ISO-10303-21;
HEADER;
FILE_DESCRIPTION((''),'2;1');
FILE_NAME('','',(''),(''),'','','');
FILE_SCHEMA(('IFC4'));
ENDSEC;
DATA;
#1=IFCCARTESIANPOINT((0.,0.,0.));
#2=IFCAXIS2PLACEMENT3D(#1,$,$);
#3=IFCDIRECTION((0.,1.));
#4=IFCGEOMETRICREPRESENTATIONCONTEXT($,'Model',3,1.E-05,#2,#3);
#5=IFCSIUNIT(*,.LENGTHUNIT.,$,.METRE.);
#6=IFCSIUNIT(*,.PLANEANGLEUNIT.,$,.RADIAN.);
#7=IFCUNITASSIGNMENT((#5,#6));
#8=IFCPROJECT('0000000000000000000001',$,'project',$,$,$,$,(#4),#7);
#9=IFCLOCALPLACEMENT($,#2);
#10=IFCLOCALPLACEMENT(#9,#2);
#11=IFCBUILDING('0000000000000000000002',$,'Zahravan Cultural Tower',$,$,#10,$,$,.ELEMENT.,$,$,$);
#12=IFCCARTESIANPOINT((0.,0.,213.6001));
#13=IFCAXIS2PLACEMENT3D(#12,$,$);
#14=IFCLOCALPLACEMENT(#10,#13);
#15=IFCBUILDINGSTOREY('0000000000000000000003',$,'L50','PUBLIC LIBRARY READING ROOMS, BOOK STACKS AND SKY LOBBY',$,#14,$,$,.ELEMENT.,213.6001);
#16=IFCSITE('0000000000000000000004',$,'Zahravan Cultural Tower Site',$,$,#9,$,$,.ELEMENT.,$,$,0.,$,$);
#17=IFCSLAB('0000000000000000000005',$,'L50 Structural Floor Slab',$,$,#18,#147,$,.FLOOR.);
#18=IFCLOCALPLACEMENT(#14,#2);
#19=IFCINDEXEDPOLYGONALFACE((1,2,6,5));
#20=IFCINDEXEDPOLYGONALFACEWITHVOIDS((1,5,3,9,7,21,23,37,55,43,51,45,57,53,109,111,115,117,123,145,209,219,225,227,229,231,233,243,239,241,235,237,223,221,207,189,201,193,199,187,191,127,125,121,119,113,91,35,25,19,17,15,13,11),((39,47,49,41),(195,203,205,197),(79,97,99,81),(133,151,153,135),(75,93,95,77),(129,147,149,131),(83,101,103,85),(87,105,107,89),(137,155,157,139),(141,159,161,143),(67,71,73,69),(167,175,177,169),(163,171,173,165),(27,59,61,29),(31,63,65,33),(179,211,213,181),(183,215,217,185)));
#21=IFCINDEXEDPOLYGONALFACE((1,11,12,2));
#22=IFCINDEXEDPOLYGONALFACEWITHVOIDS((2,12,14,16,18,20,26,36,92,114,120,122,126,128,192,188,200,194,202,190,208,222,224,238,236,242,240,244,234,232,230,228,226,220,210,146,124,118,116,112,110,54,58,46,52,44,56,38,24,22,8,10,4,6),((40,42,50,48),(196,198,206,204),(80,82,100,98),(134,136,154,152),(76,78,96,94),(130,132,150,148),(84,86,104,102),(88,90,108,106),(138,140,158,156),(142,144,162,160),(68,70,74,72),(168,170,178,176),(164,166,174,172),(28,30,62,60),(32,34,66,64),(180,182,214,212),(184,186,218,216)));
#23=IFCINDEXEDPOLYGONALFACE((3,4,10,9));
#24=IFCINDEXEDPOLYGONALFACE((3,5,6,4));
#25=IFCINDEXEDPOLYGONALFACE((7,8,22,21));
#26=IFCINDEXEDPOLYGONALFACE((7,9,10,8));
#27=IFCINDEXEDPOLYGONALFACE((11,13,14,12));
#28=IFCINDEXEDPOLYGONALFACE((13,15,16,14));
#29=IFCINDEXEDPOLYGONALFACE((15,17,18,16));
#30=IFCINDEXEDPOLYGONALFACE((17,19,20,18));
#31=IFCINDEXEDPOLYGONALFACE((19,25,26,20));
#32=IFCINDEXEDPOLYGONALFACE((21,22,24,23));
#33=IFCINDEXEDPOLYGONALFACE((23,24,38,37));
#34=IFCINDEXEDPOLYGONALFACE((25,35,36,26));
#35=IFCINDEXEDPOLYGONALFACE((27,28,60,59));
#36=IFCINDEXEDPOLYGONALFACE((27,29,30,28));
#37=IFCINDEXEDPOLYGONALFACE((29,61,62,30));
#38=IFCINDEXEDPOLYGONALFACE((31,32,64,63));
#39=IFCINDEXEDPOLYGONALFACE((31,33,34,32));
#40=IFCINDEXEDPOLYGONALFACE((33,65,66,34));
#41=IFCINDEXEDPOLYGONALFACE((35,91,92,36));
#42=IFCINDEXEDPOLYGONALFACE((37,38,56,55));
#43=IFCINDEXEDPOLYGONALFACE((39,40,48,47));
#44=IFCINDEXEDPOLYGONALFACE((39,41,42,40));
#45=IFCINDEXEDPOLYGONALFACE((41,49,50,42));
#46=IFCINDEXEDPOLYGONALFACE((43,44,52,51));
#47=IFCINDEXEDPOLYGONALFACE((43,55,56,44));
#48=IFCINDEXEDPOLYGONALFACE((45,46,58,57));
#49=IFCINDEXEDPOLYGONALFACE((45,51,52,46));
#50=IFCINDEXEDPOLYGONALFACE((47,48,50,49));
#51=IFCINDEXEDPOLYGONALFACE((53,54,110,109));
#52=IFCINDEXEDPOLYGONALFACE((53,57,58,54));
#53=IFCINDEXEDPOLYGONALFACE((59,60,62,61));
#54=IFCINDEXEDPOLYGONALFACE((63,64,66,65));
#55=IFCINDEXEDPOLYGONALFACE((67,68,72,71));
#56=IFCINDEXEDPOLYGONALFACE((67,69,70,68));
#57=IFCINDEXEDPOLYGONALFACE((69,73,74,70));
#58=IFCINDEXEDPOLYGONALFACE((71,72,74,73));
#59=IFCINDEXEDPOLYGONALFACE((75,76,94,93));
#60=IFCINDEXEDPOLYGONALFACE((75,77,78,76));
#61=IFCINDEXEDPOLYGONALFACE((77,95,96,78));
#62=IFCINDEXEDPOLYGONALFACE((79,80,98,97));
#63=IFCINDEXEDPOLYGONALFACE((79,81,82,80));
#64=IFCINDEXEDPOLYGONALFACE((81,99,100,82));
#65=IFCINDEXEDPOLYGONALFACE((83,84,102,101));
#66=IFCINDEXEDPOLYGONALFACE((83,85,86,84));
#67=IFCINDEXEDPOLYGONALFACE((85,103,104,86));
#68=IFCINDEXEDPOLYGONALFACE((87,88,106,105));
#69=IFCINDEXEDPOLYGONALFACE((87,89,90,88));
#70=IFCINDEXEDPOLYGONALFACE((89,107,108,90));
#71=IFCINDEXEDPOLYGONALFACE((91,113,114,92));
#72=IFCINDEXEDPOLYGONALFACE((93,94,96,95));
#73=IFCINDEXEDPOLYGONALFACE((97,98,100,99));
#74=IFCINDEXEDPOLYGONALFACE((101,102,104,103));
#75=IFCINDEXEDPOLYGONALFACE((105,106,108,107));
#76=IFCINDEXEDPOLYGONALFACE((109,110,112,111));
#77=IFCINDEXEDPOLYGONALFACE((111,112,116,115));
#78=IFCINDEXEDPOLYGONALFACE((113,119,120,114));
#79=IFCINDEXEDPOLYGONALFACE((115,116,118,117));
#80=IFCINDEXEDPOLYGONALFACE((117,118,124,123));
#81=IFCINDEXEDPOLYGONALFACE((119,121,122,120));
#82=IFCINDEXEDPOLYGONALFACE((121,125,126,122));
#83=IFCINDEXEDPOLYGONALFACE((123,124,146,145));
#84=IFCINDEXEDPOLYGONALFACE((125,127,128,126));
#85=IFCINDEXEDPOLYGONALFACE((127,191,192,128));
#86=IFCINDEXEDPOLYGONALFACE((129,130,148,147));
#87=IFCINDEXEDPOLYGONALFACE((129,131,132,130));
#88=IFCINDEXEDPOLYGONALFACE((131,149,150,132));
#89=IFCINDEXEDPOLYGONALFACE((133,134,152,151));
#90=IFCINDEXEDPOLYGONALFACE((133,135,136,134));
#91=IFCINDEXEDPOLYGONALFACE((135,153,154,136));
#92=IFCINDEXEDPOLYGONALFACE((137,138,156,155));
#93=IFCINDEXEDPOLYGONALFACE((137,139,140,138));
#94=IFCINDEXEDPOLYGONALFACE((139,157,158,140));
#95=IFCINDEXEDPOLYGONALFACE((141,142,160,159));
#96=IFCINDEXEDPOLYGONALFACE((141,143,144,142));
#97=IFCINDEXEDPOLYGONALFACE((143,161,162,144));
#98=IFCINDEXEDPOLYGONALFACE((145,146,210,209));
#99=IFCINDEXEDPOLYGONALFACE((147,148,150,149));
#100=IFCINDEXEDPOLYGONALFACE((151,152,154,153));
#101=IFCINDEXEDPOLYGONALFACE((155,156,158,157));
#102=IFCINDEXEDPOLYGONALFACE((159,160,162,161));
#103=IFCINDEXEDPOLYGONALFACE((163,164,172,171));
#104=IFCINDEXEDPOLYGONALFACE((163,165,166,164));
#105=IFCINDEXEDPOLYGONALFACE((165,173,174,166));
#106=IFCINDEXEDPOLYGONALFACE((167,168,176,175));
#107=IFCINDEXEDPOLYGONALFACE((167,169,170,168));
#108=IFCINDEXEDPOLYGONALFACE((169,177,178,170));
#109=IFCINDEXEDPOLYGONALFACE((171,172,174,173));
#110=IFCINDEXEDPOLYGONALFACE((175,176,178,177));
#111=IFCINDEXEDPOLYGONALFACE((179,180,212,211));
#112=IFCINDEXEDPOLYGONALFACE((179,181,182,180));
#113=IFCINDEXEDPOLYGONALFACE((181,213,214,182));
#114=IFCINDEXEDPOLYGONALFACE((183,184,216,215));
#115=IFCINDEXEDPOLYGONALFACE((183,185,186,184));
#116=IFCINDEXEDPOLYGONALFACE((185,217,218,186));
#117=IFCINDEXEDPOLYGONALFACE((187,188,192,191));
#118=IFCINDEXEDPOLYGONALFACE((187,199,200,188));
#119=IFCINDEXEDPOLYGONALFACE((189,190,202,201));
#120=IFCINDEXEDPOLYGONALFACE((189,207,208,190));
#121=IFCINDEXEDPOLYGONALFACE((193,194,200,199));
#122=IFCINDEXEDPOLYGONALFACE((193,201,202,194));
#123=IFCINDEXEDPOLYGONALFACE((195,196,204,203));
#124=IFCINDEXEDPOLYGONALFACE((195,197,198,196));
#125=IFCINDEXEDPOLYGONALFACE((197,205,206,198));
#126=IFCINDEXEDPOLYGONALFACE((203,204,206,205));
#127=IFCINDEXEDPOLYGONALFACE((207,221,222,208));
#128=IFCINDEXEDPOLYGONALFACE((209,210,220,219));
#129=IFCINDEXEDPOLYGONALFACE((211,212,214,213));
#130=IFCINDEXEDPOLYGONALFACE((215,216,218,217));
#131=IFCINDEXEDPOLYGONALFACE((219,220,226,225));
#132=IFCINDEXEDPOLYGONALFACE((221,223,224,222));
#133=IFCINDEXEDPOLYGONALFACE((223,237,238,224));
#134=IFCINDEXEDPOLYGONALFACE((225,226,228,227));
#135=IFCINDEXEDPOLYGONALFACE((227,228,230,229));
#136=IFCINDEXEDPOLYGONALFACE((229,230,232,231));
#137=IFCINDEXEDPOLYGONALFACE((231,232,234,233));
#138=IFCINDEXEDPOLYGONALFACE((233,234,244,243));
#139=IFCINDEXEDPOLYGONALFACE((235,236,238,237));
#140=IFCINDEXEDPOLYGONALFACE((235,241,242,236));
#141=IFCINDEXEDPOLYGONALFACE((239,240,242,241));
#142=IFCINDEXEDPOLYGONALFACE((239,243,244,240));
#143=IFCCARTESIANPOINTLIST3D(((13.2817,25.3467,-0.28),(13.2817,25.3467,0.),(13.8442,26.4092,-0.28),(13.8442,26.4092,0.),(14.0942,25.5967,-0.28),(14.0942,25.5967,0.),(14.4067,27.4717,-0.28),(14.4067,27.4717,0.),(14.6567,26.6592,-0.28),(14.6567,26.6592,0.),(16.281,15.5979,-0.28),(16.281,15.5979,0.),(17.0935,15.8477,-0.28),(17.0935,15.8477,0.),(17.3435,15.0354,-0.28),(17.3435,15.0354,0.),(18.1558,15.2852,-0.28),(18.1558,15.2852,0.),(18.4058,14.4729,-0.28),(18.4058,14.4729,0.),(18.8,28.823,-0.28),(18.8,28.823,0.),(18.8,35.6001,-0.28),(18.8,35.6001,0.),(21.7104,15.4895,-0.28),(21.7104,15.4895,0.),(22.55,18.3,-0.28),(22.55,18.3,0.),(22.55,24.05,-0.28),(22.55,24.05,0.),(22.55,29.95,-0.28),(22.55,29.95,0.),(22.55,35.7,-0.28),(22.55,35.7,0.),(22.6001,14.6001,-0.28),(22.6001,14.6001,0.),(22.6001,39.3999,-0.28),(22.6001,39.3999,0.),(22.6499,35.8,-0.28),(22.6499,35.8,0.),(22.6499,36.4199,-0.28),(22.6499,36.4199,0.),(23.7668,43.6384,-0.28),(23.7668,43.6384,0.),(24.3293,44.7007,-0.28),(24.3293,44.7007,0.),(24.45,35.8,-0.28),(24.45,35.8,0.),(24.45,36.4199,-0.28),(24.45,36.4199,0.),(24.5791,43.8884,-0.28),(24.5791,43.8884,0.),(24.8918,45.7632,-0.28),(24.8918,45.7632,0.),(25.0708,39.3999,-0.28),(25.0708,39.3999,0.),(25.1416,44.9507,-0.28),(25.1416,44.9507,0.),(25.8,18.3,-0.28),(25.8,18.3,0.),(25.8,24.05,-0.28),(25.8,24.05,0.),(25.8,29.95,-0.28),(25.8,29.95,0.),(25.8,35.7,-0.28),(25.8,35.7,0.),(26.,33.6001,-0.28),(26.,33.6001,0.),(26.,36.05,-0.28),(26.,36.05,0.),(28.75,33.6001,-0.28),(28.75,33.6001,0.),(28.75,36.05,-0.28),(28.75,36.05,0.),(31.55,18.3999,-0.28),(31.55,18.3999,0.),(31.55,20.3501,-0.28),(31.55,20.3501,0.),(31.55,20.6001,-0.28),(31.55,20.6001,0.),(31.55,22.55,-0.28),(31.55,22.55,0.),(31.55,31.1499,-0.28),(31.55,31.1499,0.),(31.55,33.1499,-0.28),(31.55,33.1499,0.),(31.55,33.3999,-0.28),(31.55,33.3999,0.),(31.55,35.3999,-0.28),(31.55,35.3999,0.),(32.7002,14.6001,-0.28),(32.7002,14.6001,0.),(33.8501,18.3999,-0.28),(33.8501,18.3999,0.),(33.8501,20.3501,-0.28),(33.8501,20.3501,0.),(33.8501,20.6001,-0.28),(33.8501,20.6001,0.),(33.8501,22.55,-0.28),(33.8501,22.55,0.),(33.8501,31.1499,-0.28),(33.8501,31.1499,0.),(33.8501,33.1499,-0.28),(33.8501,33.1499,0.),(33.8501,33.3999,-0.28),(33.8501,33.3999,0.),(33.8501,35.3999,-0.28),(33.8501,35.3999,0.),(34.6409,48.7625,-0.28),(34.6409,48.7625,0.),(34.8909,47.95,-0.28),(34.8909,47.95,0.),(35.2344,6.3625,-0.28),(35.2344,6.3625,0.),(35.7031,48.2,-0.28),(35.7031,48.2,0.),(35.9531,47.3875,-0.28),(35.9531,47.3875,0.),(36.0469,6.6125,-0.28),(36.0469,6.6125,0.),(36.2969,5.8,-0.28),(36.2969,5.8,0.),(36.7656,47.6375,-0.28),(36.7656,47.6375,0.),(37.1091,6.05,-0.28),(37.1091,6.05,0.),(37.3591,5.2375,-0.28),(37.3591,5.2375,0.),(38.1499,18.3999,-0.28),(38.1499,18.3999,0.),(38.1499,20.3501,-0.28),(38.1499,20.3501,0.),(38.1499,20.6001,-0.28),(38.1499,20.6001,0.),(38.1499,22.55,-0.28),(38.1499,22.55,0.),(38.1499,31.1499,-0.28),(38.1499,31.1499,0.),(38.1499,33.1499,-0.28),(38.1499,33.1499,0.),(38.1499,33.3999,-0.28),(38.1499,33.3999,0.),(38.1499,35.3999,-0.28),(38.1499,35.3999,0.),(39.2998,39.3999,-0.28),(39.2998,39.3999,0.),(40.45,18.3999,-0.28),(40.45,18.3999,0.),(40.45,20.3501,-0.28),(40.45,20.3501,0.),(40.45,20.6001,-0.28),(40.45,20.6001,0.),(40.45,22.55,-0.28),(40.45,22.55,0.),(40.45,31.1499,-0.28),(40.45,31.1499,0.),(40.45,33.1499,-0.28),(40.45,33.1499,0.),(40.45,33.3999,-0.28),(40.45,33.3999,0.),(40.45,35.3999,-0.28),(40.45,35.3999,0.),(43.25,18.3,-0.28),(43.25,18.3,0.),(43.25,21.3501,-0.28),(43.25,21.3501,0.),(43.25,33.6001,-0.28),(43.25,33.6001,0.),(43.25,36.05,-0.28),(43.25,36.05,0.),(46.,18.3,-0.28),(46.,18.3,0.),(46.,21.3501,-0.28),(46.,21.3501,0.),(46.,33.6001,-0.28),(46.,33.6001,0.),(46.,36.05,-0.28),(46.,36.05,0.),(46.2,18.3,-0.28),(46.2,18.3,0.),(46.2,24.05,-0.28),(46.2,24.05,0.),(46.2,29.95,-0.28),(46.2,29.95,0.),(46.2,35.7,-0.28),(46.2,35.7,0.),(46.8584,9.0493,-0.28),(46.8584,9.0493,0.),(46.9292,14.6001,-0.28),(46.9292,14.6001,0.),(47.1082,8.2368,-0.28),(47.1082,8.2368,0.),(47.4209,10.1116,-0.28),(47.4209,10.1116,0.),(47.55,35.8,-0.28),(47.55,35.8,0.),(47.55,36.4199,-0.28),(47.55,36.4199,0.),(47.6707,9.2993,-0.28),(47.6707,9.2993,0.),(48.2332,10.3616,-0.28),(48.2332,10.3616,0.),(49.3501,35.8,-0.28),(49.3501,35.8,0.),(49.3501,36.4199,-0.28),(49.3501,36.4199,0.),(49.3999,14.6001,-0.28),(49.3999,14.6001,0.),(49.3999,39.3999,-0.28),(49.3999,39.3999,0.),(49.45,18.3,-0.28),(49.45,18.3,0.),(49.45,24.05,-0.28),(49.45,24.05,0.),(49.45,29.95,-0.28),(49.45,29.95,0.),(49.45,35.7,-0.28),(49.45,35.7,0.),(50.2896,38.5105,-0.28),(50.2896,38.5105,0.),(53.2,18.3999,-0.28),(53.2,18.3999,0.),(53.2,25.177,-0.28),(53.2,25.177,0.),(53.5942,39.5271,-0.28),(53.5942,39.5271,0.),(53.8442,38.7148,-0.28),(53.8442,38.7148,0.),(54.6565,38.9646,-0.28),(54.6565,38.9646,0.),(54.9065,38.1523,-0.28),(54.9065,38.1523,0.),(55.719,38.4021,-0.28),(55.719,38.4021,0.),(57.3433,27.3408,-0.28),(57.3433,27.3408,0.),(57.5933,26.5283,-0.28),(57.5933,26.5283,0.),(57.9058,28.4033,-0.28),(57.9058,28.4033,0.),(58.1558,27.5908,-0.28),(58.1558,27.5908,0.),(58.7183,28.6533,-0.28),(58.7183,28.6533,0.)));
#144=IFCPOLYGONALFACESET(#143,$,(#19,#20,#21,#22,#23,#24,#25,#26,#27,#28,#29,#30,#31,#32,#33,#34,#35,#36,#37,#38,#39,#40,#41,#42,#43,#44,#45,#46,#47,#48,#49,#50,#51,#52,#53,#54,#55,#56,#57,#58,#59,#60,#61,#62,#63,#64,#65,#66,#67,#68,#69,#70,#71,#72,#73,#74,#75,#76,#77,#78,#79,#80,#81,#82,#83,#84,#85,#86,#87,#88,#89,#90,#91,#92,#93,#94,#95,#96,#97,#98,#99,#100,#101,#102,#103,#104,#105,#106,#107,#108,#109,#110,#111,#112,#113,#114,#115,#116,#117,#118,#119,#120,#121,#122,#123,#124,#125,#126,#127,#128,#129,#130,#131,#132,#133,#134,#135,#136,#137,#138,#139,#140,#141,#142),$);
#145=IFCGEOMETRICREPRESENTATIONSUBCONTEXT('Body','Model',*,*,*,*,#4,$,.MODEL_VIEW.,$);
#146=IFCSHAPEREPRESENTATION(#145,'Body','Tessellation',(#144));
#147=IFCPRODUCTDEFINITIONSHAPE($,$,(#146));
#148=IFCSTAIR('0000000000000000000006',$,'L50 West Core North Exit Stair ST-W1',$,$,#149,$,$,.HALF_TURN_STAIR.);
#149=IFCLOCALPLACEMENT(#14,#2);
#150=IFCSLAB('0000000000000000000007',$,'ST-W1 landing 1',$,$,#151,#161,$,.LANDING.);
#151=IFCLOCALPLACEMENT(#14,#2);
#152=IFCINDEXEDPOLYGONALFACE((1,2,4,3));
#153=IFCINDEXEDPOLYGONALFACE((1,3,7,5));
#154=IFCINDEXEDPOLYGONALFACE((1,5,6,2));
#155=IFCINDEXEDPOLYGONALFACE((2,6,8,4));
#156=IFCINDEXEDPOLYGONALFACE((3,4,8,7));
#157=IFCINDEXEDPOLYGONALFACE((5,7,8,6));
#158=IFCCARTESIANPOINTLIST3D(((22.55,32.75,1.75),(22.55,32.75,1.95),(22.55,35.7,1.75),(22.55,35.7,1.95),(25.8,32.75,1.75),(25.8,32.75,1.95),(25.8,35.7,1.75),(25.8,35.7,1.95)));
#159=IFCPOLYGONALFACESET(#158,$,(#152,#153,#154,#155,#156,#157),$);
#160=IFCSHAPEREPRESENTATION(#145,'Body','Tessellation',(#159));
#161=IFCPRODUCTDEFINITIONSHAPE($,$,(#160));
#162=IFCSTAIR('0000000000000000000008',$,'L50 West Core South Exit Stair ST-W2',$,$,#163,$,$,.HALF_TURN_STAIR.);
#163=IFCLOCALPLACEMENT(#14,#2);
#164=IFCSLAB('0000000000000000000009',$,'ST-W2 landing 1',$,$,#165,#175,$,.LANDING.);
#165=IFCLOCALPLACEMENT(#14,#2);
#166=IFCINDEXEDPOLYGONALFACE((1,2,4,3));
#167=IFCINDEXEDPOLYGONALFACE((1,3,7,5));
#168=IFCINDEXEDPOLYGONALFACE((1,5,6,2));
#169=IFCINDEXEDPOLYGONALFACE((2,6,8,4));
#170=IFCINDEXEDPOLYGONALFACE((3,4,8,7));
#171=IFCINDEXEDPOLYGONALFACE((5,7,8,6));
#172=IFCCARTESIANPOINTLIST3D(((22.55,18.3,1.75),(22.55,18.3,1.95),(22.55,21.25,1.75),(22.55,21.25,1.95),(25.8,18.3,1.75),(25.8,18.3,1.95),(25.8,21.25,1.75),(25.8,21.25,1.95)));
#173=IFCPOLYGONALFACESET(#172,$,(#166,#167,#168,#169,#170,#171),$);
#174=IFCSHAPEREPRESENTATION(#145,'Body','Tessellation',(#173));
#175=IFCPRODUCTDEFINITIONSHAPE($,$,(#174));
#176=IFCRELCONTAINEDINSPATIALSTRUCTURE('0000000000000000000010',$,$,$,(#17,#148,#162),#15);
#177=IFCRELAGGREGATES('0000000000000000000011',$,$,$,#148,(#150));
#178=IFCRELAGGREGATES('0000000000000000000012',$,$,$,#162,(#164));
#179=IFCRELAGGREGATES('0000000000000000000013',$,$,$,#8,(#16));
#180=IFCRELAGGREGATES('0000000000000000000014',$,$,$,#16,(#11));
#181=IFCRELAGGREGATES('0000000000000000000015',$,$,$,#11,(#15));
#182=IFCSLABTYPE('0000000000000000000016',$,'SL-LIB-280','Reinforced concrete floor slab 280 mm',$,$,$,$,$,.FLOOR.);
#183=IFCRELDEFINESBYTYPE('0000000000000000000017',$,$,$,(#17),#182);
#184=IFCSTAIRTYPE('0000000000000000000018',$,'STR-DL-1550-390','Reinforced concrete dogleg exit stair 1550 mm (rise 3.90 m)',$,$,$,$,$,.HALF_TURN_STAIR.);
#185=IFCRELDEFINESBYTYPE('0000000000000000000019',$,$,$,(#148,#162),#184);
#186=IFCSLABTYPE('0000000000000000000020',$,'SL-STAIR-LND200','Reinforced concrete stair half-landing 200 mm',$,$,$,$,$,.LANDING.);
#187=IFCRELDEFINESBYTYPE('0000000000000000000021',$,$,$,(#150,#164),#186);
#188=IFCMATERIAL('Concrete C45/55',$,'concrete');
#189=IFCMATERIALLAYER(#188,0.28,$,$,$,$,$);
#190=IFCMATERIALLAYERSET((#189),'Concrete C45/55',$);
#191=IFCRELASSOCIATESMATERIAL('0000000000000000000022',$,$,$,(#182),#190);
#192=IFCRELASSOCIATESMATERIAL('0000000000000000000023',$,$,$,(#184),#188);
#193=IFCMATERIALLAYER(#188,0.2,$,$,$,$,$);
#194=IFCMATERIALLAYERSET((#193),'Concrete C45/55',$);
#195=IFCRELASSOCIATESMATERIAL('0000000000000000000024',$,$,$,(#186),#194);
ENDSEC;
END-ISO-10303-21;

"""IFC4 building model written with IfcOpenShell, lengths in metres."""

from ifc_helpers import new_model, si_unit, direction, frame, origin, place, context, subcontext, project, spatial, polyline, outline, extrude, material, layer, layer_set, type_object, element, aggregate, save


model = new_model("IFC4")

# Units and contexts
model_context = context("Model", 3, precision=1e-05, world=origin(), true_north=direction((0.0, 1.0)))
body_context = subcontext(model_context, "Body", "Model", "MODEL_VIEW")
ifc_project = project(units=[si_unit("LENGTHUNIT", "METRE"), si_unit("PLANEANGLEUNIT", "RADIAN")], contexts=[model_context])

# Site, building, storey
site_placement = place(None, origin())
site = spatial("IfcSite", under=ifc_project, at=site_placement, Name="Zahravan Cultural Tower Site", CompositionType="ELEMENT", RefElevation=0.0)
building_placement = place(site_placement, origin())
building = spatial("IfcBuilding", under=site, at=building_placement, Name="Zahravan Cultural Tower", CompositionType="ELEMENT")
storey_placement = place(building_placement, frame((0.0, 0.0, 213.6001)))
storey = spatial("IfcBuildingStorey", under=building, at=storey_placement, Name="L50", Description="PUBLIC LIBRARY READING ROOMS, BOOK STACKS AND SKY LOBBY", CompositionType="ELEMENT", Elevation=213.6001)

# Slab
ifc_material_1 = material(Name="Concrete C45/55", Category="concrete")
ifc_layer_1 = layer(ifc_material_1, 0.28)
ifc_layer_set_1 = layer_set([ifc_layer_1], Name="Concrete C45/55")
slab_type_1 = type_object("IfcSlabType", Name="SL-LIB-280", Description="Reinforced concrete floor slab 280 mm", PredefinedType="FLOOR", material=ifc_layer_set_1)
slab_1_placement = place(storey_placement, frame((0.0, 0.0, -0.28)))
element("IfcSlab", 1, at=slab_1_placement, inside=storey, type_object=slab_type_1, Name="L50 Structural Floor Slab", PredefinedType="FLOOR", context=body_context, shape_type="SweptSolid", body=[
    extrude(outline(polyline([(50.2896, 38.5105), (49.3999, 39.3999), (39.2998, 39.3999), (36.7656, 47.6375), (35.9531, 47.3875), (35.7031, 48.2), (34.8909, 47.95), (34.6409, 48.7625), (24.8918, 45.7632), (25.1416, 44.9507), (24.3293, 44.7007), (24.5791, 43.8884), (23.7668, 43.6384), (25.0708, 39.3999), (22.6001, 39.3999), (18.8, 35.6001), (18.8, 28.823), (14.4067, 27.4717), (14.6567, 26.6592), (13.8442, 26.4092), (14.0942, 25.5967), (13.2817, 25.3467), (16.281, 15.5979), (17.0935, 15.8477), (17.3435, 15.0354), (18.1558, 15.2852), (18.4058, 14.4729), (21.7104, 15.4895), (22.6001, 14.6001), (32.7002, 14.6001), (35.2344, 6.3625), (36.0469, 6.6125), (36.2969, 5.8), (37.1091, 6.05), (37.3591, 5.2375), (47.1082, 8.2368), (46.8584, 9.0493), (47.6707, 9.2993), (47.4209, 10.1116), (48.2332, 10.3616), (46.9292, 14.6001), (49.3999, 14.6001), (53.2, 18.3999), (53.2, 25.177), (57.5933, 26.5283), (57.3433, 27.3408), (58.1558, 27.5908), (57.9058, 28.4033), (58.7183, 28.6533), (55.719, 38.4021), (54.9065, 38.1523), (54.6565, 38.9646), (53.8442, 38.7148), (53.5942, 39.5271), (50.2896, 38.5105)]), holes=[polyline([(22.55, 29.95), (22.55, 35.7), (25.8, 35.7), (25.8, 29.95), (22.55, 29.95)]), polyline([(22.55, 18.3), (22.55, 24.05), (25.8, 24.05), (25.8, 18.3), (22.55, 18.3)]), polyline([(46.2, 29.95), (46.2, 35.7), (49.45, 35.7), (49.45, 29.95), (46.2, 29.95)]), polyline([(46.2, 18.3), (46.2, 24.05), (49.45, 24.05), (49.45, 18.3), (46.2, 18.3)]), polyline([(26.0, 33.6001), (26.0, 36.05), (28.75, 36.05), (28.75, 33.6001), (26.0, 33.6001)]), polyline([(43.25, 33.6001), (43.25, 36.05), (46.0, 36.05), (46.0, 33.6001), (43.25, 33.6001)]), polyline([(43.25, 18.3), (43.25, 21.3501), (46.0, 21.3501), (46.0, 18.3), (43.25, 18.3)]), polyline([(31.55, 33.3999), (31.55, 35.3999), (33.8501, 35.3999), (33.8501, 33.3999), (31.55, 33.3999)]), polyline([(31.55, 31.1499), (31.55, 33.1499), (33.8501, 33.1499), (33.8501, 31.1499), (31.55, 31.1499)]), polyline([(38.1499, 33.3999), (38.1499, 35.3999), (40.45, 35.3999), (40.45, 33.3999), (38.1499, 33.3999)]), polyline([(38.1499, 31.1499), (38.1499, 33.1499), (40.45, 33.1499), (40.45, 31.1499), (38.1499, 31.1499)]), polyline([(31.55, 20.6001), (31.55, 22.55), (33.8501, 22.55), (33.8501, 20.6001), (31.55, 20.6001)]), polyline([(31.55, 18.3999), (31.55, 20.3501), (33.8501, 20.3501), (33.8501, 18.3999), (31.55, 18.3999)]), polyline([(38.1499, 20.6001), (38.1499, 22.55), (40.45, 22.55), (40.45, 20.6001), (38.1499, 20.6001)]), polyline([(38.1499, 18.3999), (38.1499, 20.3501), (40.45, 20.3501), (40.45, 18.3999), (38.1499, 18.3999)]), polyline([(22.6499, 35.8), (22.6499, 36.4199), (24.45, 36.4199), (24.45, 35.8), (22.6499, 35.8)]), polyline([(47.55, 35.8), (47.55, 36.4199), (49.3501, 36.4199), (49.3501, 35.8), (47.55, 35.8)])]), origin(), (0.0, 0.0, 1.0), 0.28),
])

# Stairs, slabs
stair_type = type_object("IfcStairType", Name="STR-DL-1550-390", Description="Reinforced concrete dogleg exit stair 1550 mm (rise 3.90 m)", PredefinedType="HALF_TURN_STAIR", material=ifc_material_1)
stair_1_placement = place(storey_placement, origin())
stair_1 = element("IfcStair", 2, at=stair_1_placement, inside=storey, type_object=stair_type, Name="L50 West Core North Exit Stair ST-W1", PredefinedType="HALF_TURN_STAIR")
ifc_layer_2 = layer(ifc_material_1, 0.2)
ifc_layer_set_2 = layer_set([ifc_layer_2], Name="Concrete C45/55")
slab_type_2 = type_object("IfcSlabType", Name="SL-STAIR-LND200", Description="Reinforced concrete stair half-landing 200 mm", PredefinedType="LANDING", material=ifc_layer_set_2)
slab_2_placement = place(storey_placement, frame((0.0, 0.0, 1.75)))
slab_2 = element("IfcSlab", 3, at=slab_2_placement, type_object=slab_type_2, Name="ST-W1 landing 1", PredefinedType="LANDING", context=body_context, shape_type="SweptSolid", body=[
    extrude(outline(polyline([(25.8, 32.75), (25.8, 35.7), (22.55, 35.7), (22.55, 32.75), (25.8, 32.75)])), origin(), (0.0, 0.0, 1.0), 0.2),
])
aggregate(stair_1, [slab_2])
stair_2_placement = place(storey_placement, origin())
stair_2 = element("IfcStair", 4, at=stair_2_placement, inside=storey, type_object=stair_type, Name="L50 West Core South Exit Stair ST-W2", PredefinedType="HALF_TURN_STAIR")
slab_3_placement = place(storey_placement, frame((0.0, 0.0, 1.75)))
slab_3 = element("IfcSlab", 5, at=slab_3_placement, type_object=slab_type_2, Name="ST-W2 landing 1", PredefinedType="LANDING", context=body_context, shape_type="SweptSolid", body=[
    extrude(outline(polyline([(22.55, 21.25), (22.55, 18.3), (25.8, 18.3), (25.8, 21.25), (22.55, 21.25)])), origin(), (0.0, 0.0, 1.0), 0.2),
])
aggregate(stair_2, [slab_3])

save(model, "model.ifc")
